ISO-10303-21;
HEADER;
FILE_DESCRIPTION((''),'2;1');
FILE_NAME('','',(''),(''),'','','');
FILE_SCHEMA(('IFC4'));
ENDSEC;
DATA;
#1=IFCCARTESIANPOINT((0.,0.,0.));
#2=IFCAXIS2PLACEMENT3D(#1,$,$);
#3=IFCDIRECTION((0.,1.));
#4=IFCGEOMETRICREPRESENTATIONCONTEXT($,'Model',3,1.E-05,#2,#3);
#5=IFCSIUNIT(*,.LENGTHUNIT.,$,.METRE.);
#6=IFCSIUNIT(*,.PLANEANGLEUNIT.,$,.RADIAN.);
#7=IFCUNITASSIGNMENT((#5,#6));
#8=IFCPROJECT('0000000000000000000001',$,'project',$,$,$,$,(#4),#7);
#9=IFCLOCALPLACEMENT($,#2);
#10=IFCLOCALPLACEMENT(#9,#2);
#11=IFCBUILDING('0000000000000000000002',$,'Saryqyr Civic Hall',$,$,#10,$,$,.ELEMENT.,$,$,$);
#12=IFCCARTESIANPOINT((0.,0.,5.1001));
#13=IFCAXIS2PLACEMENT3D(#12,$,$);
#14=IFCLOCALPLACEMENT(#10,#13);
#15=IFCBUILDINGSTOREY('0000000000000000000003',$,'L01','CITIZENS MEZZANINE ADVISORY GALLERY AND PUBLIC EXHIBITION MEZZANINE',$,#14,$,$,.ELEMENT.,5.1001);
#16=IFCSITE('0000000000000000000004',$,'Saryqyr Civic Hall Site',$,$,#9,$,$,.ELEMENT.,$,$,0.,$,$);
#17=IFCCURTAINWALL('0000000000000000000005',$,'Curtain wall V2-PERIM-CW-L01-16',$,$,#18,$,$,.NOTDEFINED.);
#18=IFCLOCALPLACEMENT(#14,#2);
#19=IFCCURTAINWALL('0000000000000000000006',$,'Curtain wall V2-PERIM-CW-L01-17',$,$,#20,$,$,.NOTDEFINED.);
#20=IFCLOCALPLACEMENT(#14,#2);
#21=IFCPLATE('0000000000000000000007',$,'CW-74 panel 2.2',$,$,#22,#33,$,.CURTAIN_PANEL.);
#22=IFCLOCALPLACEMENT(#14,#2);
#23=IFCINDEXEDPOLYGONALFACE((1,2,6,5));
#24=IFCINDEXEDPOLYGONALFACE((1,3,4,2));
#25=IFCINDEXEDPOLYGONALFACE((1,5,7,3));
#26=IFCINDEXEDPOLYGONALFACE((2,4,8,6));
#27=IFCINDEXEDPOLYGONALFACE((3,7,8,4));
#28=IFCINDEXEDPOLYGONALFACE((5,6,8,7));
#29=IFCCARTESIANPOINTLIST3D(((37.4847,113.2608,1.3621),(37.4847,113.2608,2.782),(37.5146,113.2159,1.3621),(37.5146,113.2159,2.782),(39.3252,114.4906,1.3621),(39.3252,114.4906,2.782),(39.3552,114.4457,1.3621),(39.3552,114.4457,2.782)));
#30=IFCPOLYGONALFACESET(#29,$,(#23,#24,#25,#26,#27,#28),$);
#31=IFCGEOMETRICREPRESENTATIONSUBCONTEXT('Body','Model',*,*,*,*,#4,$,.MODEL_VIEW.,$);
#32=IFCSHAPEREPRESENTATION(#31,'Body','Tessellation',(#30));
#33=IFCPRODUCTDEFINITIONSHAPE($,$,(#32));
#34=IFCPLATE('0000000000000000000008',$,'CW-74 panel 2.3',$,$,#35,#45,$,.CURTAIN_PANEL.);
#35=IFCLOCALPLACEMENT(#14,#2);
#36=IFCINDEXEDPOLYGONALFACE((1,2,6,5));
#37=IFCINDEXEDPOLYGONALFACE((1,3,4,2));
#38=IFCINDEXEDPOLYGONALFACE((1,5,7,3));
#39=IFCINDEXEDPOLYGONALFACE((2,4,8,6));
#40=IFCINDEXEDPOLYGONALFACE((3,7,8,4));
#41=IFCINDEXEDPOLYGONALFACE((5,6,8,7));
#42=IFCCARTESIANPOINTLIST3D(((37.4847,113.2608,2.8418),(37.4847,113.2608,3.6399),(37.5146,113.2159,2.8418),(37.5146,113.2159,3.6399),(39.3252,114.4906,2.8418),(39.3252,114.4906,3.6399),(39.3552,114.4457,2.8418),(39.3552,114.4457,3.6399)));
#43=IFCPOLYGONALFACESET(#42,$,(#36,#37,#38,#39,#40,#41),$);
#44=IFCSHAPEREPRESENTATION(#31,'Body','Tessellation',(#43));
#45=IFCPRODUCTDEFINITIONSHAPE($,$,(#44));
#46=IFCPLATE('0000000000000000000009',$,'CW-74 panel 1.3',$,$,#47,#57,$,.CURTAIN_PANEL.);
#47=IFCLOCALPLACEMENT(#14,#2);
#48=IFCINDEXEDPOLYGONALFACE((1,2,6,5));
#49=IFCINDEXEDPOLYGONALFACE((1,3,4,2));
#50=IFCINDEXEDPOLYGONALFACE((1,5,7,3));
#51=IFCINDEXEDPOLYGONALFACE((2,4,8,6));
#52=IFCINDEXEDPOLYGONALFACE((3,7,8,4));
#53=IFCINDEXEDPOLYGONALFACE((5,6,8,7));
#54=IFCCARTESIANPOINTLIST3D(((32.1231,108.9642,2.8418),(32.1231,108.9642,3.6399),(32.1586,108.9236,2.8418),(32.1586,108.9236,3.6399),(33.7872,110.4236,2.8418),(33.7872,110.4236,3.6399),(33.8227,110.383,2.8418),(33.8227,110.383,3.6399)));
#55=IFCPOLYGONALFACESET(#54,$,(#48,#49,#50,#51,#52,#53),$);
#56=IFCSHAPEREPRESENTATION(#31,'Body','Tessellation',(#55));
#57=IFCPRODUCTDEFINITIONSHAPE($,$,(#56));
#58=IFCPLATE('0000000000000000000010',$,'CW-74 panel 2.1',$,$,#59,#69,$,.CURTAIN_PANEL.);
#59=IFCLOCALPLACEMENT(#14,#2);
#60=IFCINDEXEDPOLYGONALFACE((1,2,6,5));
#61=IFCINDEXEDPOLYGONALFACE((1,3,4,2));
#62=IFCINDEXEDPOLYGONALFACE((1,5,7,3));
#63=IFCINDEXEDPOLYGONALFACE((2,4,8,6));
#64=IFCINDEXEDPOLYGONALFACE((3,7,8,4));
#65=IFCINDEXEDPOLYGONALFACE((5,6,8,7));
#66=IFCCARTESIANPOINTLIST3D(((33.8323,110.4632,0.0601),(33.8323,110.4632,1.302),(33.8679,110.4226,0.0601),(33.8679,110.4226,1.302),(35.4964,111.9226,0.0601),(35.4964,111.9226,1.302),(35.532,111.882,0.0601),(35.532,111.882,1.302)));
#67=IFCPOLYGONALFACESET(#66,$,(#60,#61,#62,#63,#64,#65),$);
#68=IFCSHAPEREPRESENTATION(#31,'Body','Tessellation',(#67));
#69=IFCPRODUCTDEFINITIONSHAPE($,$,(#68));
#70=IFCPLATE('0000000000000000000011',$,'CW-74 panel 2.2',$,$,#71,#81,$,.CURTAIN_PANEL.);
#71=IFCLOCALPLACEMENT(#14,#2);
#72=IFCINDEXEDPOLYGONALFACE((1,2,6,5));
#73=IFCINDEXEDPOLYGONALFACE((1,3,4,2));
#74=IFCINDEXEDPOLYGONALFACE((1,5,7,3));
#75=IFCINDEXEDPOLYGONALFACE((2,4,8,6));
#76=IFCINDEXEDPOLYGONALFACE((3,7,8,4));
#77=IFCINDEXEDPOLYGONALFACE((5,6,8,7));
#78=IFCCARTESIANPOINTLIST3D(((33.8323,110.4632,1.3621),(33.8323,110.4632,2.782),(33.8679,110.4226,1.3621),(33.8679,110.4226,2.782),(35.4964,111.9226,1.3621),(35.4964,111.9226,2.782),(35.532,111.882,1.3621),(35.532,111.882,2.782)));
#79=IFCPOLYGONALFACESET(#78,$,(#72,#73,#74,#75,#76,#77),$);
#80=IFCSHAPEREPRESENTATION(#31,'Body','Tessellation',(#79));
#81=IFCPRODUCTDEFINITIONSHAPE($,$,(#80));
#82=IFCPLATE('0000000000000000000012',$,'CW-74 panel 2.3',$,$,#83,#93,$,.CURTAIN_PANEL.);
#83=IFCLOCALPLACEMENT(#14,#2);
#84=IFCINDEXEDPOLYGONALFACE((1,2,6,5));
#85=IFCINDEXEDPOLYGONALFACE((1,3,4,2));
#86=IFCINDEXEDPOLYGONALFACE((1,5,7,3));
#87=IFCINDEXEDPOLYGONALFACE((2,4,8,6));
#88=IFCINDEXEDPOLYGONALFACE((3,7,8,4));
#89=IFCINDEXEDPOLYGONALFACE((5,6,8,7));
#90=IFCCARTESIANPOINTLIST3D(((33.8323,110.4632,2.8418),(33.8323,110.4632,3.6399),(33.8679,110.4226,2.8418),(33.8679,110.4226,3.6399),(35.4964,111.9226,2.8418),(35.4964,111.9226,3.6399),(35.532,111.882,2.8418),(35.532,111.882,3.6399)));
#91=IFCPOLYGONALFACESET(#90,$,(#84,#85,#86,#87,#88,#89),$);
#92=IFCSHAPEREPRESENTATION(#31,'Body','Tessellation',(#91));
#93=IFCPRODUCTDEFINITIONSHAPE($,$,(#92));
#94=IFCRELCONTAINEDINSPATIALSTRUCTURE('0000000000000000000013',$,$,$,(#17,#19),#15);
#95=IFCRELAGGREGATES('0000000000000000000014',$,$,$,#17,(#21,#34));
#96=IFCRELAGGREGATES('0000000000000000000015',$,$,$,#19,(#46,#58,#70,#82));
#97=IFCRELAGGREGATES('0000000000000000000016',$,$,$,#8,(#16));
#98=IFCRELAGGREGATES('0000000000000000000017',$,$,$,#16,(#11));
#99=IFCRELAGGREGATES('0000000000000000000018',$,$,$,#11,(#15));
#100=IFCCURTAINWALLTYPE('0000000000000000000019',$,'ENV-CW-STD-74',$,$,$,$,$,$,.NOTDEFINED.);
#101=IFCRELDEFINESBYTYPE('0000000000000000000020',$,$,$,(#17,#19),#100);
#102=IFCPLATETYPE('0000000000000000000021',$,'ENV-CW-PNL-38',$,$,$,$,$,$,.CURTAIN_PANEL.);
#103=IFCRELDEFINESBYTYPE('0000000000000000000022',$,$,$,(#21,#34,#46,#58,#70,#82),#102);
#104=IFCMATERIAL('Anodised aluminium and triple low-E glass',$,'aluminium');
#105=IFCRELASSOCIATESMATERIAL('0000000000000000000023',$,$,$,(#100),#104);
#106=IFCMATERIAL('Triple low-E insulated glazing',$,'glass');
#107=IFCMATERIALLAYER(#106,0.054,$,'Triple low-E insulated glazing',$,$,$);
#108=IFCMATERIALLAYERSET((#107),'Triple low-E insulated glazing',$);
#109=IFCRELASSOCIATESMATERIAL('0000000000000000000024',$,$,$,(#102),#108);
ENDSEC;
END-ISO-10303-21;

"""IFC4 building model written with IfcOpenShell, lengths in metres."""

from ifc_helpers import new_model, si_unit, direction, frame, origin, origin_2d, place, context, subcontext, project, spatial, rectangle, extrude, material, layer, layer_set, type_object, element, aggregate, save


model = new_model("IFC4")

# Units and contexts
model_context = context("Model", 3, precision=1e-05, world=origin(), true_north=direction((0.0, 1.0)))
body_context = subcontext(model_context, "Body", "Model", "MODEL_VIEW")
ifc_project = project(units=[si_unit("LENGTHUNIT", "METRE"), si_unit("PLANEANGLEUNIT", "RADIAN")], contexts=[model_context])

# Site, building, storey
site_placement = place(None, origin())
site = spatial("IfcSite", under=ifc_project, at=site_placement, Name="Saryqyr Civic Hall Site", CompositionType="ELEMENT", RefElevation=0.0)
building_placement = place(site_placement, origin())
building = spatial("IfcBuilding", under=site, at=building_placement, Name="Saryqyr Civic Hall", CompositionType="ELEMENT")
storey_placement = place(building_placement, frame((0.0, 0.0, 5.1001)))
storey = spatial("IfcBuildingStorey", under=building, at=storey_placement, Name="L01", Description="CITIZENS MEZZANINE ADVISORY GALLERY AND PUBLIC EXHIBITION MEZZANINE", CompositionType="ELEMENT", Elevation=5.1001)

# Shared definitions
ifc_material_1 = material(Name="Anodised aluminium and triple low-E glass", Category="aluminium")
curtain_wall_type = type_object("IfcCurtainWallType", Name="ENV-CW-STD-74", PredefinedType="NOTDEFINED", material=ifc_material_1)

# Curtain walls
curtain_wall_1_placement = place(storey_placement, origin())
curtain_wall_1 = element("IfcCurtainWall", 1, at=curtain_wall_1_placement, inside=storey, type_object=curtain_wall_type, Name="Curtain wall V2-PERIM-CW-L01-16", PredefinedType="NOTDEFINED")
curtain_wall_2_placement = place(storey_placement, origin())
curtain_wall_2 = element("IfcCurtainWall", 2, at=curtain_wall_2_placement, inside=storey, type_object=curtain_wall_type, Name="Curtain wall V2-PERIM-CW-L01-17", PredefinedType="NOTDEFINED")

# Plates
ifc_material_2 = material(Name="Triple low-E insulated glazing", Category="glass")
ifc_layer = layer(ifc_material_2, 0.054, Name="Triple low-E insulated glazing")
ifc_layer_set = layer_set([ifc_layer], Name="Triple low-E insulated glazing")
plate_type = type_object("IfcPlateType", Name="ENV-CW-PNL-38", PredefinedType="CURTAIN_PANEL", material=ifc_layer_set)
plate_1_placement = place(storey_placement, frame((38.4199, 113.8533, 1.3621), z_axis=(0.0, 0.0, 1.0), x_axis=(0.831472, 0.555566, 0.0)))
plate_1 = element("IfcPlate", 3, at=plate_1_placement, type_object=plate_type, Name="CW-74 panel 2.2", PredefinedType="CURTAIN_PANEL", context=body_context, shape_type="SweptSolid", body=[
    extrude(rectangle(XDim=2.2136, YDim=0.054, at=origin_2d()), origin(), (0.0, 0.0, 1.0), 1.4199),
])
plate_2_placement = place(storey_placement, frame((38.4199, 113.8533, 2.8418), z_axis=(0.0, 0.0, 1.0), x_axis=(0.831472, 0.555566, 0.0)))
plate_2 = element("IfcPlate", 4, at=plate_2_placement, type_object=plate_type, Name="CW-74 panel 2.3", PredefinedType="CURTAIN_PANEL", context=body_context, shape_type="SweptSolid", body=[
    extrude(rectangle(XDim=2.2136, YDim=0.054, at=origin_2d()), origin(), (0.0, 0.0, 1.0), 0.7981),
])
aggregate(curtain_wall_1, [plate_1, plate_2])
plate_3_placement = place(storey_placement, frame((32.9729, 109.6736, 2.8418), z_axis=(0.0, 0.0, 1.0), x_axis=(0.751838, 0.659348, 0.0)))
plate_3 = element("IfcPlate", 5, at=plate_3_placement, type_object=plate_type, Name="CW-74 panel 1.3", PredefinedType="CURTAIN_PANEL", context=body_context, shape_type="SweptSolid", body=[
    extrude(rectangle(XDim=2.2134, YDim=0.054, at=origin_2d()), origin(), (0.0, 0.0, 1.0), 0.7981),
])
plate_4_placement = place(storey_placement, frame((34.6821, 111.1726, 0.0601), z_axis=(0.0, 0.0, 1.0), x_axis=(0.751838, 0.659348, 0.0)))
plate_4 = element("IfcPlate", 6, at=plate_4_placement, type_object=plate_type, Name="CW-74 panel 2.1", PredefinedType="CURTAIN_PANEL", context=body_context, shape_type="SweptSolid", body=[
    extrude(rectangle(XDim=2.2134, YDim=0.054, at=origin_2d()), origin(), (0.0, 0.0, 1.0), 1.2419),
])
plate_5_placement = place(storey_placement, frame((34.6821, 111.1726, 1.3621), z_axis=(0.0, 0.0, 1.0), x_axis=(0.751838, 0.659348, 0.0)))
plate_5 = element("IfcPlate", 7, at=plate_5_placement, type_object=plate_type, Name="CW-74 panel 2.2", PredefinedType="CURTAIN_PANEL", context=body_context, shape_type="SweptSolid", body=[
    extrude(rectangle(XDim=2.2134, YDim=0.054, at=origin_2d()), origin(), (0.0, 0.0, 1.0), 1.4199),
])
plate_6_placement = place(storey_placement, frame((34.6821, 111.1726, 2.8418), z_axis=(0.0, 0.0, 1.0), x_axis=(0.751838, 0.659348, 0.0)))
plate_6 = element("IfcPlate", 8, at=plate_6_placement, type_object=plate_type, Name="CW-74 panel 2.3", PredefinedType="CURTAIN_PANEL", context=body_context, shape_type="SweptSolid", body=[
    extrude(rectangle(XDim=2.2134, YDim=0.054, at=origin_2d()), origin(), (0.0, 0.0, 1.0), 0.7981),
])
aggregate(curtain_wall_2, [plate_3, plate_4, plate_5, plate_6])

save(model, "model.ifc")
